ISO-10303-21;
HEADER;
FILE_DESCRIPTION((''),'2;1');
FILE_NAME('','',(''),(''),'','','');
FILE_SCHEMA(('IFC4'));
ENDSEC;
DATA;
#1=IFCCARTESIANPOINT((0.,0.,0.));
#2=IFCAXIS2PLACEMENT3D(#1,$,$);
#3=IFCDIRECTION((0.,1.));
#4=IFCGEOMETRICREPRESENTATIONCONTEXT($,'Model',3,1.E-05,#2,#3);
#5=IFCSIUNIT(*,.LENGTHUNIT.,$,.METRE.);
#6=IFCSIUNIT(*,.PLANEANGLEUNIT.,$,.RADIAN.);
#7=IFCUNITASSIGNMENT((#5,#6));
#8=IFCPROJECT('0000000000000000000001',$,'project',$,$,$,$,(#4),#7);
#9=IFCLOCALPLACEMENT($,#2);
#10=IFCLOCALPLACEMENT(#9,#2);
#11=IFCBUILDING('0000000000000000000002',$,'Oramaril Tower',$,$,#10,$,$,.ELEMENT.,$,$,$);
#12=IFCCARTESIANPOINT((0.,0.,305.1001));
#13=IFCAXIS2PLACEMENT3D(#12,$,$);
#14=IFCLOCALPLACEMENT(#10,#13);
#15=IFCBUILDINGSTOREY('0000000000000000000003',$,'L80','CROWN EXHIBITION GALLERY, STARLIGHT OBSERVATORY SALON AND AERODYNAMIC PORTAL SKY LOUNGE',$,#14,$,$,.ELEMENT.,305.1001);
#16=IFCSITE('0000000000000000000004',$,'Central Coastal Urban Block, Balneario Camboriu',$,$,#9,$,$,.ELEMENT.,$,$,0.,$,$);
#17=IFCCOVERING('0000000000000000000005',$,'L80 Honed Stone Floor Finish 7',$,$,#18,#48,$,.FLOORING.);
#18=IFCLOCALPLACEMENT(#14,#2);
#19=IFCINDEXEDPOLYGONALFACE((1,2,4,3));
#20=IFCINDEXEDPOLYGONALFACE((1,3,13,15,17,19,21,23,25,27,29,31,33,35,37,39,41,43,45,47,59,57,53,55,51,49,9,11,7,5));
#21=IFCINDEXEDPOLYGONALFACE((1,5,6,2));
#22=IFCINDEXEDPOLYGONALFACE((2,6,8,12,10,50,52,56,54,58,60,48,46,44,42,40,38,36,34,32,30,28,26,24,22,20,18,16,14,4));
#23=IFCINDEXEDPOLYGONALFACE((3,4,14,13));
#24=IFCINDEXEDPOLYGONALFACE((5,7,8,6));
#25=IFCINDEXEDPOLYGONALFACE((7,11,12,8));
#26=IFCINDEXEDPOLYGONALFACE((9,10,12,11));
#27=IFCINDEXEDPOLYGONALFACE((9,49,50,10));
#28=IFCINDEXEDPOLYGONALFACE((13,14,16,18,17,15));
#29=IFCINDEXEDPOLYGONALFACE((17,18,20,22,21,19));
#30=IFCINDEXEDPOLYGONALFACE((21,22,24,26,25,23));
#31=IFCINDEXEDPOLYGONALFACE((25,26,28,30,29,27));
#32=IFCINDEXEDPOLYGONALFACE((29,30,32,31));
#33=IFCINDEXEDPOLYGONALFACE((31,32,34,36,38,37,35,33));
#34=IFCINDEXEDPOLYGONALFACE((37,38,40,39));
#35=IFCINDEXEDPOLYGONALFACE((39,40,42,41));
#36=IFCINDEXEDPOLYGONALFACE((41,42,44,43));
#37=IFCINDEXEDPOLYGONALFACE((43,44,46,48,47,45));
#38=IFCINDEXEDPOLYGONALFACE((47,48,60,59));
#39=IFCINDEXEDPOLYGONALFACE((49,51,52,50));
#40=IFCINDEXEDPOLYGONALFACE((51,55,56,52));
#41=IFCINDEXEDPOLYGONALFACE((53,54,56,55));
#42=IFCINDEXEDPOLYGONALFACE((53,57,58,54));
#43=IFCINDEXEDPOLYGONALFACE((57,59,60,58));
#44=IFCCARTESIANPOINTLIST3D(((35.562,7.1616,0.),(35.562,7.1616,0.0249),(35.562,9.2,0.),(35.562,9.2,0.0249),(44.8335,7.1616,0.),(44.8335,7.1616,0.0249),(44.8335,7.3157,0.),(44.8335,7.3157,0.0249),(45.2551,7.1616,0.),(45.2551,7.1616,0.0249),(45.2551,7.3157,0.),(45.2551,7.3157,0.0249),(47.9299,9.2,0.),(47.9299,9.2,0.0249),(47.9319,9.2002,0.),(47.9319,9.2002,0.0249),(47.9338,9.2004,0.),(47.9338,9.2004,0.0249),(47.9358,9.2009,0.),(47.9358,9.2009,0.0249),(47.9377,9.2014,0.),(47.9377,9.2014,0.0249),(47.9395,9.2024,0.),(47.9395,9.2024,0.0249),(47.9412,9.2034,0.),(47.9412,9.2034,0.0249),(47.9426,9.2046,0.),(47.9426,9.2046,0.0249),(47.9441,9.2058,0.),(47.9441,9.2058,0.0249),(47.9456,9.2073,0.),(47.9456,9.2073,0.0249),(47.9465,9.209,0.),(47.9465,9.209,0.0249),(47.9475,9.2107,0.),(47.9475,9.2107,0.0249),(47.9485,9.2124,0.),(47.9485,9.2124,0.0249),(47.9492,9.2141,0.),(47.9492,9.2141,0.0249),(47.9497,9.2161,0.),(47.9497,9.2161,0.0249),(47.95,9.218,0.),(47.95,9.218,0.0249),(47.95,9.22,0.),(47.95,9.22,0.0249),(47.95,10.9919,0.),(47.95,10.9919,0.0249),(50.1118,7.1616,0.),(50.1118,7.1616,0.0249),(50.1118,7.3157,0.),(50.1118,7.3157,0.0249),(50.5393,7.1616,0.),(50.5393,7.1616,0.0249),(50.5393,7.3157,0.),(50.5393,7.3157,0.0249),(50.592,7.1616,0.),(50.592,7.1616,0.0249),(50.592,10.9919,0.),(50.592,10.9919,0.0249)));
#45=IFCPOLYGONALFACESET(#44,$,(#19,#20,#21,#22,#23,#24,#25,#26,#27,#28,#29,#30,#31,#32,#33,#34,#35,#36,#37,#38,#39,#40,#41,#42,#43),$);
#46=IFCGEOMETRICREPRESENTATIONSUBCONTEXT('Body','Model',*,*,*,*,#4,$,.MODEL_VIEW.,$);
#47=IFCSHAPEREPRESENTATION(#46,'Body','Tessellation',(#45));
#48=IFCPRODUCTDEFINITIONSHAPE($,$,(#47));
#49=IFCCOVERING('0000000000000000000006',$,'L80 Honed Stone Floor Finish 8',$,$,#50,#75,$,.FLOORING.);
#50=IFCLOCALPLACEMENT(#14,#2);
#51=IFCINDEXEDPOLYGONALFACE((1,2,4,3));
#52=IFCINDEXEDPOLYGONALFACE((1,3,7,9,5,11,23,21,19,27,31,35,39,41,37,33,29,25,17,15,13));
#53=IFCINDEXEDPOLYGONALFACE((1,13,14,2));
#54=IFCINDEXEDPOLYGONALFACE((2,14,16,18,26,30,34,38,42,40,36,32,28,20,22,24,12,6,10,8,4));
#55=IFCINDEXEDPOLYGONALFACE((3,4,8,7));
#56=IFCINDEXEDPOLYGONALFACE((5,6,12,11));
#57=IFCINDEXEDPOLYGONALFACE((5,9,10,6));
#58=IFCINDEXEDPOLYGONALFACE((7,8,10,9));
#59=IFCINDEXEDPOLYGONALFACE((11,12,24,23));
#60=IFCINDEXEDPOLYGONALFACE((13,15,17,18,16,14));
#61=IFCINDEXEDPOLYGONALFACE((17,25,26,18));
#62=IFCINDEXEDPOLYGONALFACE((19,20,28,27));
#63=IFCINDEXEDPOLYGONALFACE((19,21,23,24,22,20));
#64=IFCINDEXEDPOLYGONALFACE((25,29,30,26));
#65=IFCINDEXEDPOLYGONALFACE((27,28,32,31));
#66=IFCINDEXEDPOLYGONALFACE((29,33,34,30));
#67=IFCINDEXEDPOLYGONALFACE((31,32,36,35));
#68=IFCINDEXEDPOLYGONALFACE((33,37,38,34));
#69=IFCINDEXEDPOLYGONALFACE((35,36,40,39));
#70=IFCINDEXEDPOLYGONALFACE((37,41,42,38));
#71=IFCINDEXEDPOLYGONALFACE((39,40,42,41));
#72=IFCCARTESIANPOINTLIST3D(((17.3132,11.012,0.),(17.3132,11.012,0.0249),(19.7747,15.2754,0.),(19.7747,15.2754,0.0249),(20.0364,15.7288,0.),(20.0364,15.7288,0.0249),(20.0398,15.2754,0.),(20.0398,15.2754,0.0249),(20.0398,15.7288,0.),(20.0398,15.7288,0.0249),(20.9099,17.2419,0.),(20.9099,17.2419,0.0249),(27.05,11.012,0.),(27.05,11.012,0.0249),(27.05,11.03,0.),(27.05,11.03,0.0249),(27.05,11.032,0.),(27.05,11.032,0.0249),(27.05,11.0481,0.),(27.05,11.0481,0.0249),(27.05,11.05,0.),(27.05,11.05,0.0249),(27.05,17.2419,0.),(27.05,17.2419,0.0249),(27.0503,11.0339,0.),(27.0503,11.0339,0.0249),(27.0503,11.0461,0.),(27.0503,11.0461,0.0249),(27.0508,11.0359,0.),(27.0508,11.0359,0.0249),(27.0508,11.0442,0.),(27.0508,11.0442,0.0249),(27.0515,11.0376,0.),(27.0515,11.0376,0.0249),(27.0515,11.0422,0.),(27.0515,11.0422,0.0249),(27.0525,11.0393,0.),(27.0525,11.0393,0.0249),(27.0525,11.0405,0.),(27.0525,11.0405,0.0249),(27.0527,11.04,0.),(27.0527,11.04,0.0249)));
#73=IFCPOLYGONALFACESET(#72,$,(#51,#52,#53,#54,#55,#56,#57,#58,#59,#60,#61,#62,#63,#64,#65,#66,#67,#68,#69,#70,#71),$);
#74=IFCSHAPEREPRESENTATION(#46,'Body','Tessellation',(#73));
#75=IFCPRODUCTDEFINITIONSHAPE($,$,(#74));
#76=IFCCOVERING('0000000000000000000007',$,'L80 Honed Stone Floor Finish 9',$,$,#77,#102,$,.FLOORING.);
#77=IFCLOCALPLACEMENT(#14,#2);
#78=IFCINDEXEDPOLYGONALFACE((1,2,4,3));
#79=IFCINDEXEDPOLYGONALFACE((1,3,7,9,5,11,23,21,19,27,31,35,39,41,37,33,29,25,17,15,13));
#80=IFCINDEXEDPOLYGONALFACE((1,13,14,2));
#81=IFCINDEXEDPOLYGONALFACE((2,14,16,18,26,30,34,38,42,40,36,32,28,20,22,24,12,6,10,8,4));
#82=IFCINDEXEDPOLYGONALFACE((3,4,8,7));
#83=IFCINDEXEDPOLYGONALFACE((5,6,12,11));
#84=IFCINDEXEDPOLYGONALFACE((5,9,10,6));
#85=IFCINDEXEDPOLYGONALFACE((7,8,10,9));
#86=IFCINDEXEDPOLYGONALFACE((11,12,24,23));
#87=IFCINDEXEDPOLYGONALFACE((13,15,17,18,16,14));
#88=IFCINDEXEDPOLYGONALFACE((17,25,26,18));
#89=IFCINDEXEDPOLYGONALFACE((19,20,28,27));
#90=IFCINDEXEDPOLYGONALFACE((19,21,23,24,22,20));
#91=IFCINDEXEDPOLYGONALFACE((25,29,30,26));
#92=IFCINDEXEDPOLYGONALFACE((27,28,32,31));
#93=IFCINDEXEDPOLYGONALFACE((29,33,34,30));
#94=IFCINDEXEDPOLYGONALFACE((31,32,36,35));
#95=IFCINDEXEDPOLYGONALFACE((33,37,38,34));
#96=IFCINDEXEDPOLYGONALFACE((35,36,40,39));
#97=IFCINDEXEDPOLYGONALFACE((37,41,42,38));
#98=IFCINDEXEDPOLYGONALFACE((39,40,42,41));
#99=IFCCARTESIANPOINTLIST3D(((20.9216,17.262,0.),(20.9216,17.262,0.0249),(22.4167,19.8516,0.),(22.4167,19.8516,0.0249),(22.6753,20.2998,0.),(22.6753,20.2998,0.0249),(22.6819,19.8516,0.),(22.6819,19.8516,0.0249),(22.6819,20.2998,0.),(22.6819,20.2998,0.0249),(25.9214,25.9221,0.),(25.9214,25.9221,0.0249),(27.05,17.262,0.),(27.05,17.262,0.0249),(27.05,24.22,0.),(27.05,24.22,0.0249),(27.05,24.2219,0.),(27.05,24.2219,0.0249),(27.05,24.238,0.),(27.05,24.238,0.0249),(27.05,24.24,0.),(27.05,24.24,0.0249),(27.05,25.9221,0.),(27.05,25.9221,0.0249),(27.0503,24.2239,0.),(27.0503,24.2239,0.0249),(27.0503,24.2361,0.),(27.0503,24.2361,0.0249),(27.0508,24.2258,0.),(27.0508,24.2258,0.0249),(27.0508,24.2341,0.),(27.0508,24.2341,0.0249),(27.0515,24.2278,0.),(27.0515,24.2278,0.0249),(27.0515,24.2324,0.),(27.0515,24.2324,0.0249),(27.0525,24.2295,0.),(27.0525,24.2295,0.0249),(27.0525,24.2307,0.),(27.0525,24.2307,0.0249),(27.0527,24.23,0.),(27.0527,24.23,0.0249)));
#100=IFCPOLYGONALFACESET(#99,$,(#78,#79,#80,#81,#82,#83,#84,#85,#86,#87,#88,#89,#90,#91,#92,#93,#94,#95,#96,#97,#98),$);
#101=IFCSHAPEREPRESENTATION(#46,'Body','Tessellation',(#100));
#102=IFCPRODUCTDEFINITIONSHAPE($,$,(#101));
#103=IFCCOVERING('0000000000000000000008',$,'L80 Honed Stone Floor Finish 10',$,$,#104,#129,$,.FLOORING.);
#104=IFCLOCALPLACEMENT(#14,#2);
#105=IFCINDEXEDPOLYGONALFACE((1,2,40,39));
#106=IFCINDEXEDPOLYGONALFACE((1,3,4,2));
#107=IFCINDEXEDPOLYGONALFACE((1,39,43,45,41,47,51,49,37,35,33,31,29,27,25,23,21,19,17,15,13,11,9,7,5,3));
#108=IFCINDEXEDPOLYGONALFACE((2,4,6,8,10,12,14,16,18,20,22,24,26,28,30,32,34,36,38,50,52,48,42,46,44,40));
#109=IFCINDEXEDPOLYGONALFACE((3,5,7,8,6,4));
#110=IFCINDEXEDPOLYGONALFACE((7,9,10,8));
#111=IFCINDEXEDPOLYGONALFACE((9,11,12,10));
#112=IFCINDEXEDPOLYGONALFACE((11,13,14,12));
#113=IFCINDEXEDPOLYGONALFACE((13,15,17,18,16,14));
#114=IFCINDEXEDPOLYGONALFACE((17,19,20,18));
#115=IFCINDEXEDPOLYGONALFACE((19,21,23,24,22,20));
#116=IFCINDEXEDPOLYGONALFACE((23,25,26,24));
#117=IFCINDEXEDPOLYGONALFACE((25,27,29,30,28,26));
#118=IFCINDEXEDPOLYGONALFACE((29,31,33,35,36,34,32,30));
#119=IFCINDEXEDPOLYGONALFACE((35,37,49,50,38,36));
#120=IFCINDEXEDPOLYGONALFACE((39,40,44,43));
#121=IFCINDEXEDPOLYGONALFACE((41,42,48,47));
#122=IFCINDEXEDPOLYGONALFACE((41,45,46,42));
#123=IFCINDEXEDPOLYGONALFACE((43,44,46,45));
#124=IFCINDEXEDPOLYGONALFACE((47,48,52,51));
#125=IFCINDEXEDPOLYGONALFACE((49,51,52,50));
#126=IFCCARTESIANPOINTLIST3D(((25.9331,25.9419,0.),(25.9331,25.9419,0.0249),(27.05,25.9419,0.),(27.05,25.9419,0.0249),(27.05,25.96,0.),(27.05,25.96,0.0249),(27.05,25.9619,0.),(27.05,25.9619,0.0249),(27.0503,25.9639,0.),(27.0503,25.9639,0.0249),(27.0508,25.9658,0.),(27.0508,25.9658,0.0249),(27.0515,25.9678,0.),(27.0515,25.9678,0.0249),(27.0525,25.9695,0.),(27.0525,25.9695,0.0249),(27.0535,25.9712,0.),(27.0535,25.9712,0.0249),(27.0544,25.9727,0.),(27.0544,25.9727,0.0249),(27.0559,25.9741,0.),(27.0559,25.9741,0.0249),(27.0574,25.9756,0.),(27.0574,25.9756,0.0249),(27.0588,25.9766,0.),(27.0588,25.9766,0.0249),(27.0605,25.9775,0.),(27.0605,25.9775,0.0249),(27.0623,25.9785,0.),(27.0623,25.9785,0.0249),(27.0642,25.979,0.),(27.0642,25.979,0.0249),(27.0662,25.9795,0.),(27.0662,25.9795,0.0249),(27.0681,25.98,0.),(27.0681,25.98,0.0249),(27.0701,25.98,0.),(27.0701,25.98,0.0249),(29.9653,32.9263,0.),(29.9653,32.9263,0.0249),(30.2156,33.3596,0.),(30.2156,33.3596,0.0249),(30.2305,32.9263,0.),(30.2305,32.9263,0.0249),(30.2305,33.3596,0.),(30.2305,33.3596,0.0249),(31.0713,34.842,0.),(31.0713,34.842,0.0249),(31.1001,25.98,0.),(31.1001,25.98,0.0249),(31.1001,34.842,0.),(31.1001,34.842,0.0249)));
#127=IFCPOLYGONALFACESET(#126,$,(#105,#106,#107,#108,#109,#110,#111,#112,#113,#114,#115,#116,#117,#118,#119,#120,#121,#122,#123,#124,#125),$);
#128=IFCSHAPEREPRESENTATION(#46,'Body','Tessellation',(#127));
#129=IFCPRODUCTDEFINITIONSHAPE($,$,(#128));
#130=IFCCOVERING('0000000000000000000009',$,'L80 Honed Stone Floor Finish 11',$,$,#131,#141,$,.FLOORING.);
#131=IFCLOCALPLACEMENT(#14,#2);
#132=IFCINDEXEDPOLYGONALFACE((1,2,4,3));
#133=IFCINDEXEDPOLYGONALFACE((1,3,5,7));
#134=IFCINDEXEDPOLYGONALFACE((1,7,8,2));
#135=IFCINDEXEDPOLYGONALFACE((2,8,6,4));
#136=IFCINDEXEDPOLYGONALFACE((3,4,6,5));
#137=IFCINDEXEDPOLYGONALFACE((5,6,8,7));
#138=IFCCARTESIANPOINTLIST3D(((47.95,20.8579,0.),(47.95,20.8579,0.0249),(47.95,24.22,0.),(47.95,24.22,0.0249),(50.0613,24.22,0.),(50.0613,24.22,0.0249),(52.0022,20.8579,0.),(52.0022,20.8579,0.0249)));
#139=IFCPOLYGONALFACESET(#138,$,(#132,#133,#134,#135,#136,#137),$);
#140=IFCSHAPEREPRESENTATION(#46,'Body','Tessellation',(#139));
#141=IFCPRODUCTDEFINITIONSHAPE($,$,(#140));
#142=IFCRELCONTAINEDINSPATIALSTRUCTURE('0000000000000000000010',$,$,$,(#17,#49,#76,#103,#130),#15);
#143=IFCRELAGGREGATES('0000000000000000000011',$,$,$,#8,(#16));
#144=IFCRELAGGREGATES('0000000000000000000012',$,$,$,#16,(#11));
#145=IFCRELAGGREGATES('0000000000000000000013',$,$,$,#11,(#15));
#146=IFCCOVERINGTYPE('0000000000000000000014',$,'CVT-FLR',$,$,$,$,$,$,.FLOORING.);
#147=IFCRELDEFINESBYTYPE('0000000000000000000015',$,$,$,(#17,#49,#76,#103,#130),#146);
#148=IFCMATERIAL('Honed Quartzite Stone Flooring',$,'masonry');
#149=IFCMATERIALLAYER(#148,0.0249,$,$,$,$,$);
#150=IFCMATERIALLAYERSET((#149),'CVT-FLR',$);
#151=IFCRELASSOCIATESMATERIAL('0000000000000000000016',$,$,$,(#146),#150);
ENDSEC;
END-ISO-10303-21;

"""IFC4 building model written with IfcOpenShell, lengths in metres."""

from ifc_helpers import new_model, si_unit, direction, frame, origin, place, context, subcontext, project, spatial, polyline, outline, extrude, material, layer, layer_set, type_object, element, save


model = new_model("IFC4")

# Units and contexts
model_context = context("Model", 3, precision=1e-05, world=origin(), true_north=direction((0.0, 1.0)))
body_context = subcontext(model_context, "Body", "Model", "MODEL_VIEW")
ifc_project = project(units=[si_unit("LENGTHUNIT", "METRE"), si_unit("PLANEANGLEUNIT", "RADIAN")], contexts=[model_context])

# Site, building, storey
site_placement = place(None, origin())
site = spatial("IfcSite", under=ifc_project, at=site_placement, Name="Central Coastal Urban Block, Balneario Camboriu", CompositionType="ELEMENT", RefElevation=0.0)
building_placement = place(site_placement, origin())
building = spatial("IfcBuilding", under=site, at=building_placement, Name="Oramaril Tower", CompositionType="ELEMENT")
storey_placement = place(building_placement, frame((0.0, 0.0, 305.1001)))
storey = spatial("IfcBuildingStorey", under=building, at=storey_placement, Name="L80", Description="CROWN EXHIBITION GALLERY, STARLIGHT OBSERVATORY SALON AND AERODYNAMIC PORTAL SKY LOUNGE", CompositionType="ELEMENT", Elevation=305.1001)

# Coverings
ifc_material_1 = material(Name="Honed Quartzite Stone Flooring", Category="masonry")
ifc_layer_1 = layer(ifc_material_1, 0.0249)
ifc_layer_set_1 = layer_set([ifc_layer_1], Name="CVT-FLR")
covering_type_1 = type_object("IfcCoveringType", Name="CVT-FLR", PredefinedType="FLOORING", material=ifc_layer_set_1)
covering_1_placement = place(storey_placement, origin())
element("IfcCovering", 1, at=covering_1_placement, inside=storey, type_object=covering_type_1, Name="L80 Honed Stone Floor Finish 7", PredefinedType="FLOORING", context=body_context, shape_type="SweptSolid", body=[
    extrude(outline(polyline([(50.592, 7.1616), (50.5393, 7.1616), (50.5393, 7.3157), (50.1118, 7.3157), (50.1118, 7.1616), (45.2551, 7.1616), (45.2551, 7.3157), (44.8335, 7.3157), (44.8335, 7.1616), (35.562, 7.1616), (35.562, 9.2), (47.9299, 9.2), (47.9319, 9.2002), (47.9338, 9.2004), (47.9358, 9.2009), (47.9377, 9.2014), (47.9395, 9.2024), (47.9412, 9.2034), (47.9426, 9.2046), (47.9441, 9.2058), (47.9456, 9.2073), (47.9465, 9.209), (47.9475, 9.2107), (47.9485, 9.2124), (47.9492, 9.2141), (47.9497, 9.2161), (47.95, 9.218), (47.95, 9.22), (47.95, 10.9919), (50.592, 10.9919), (50.592, 7.1616)])), origin(), (0.0, 0.0, 1.0), 0.0249),
])
covering_2_placement = place(storey_placement, origin())
element("IfcCovering", 2, at=covering_2_placement, inside=storey, type_object=covering_type_1, Name="L80 Honed Stone Floor Finish 8", PredefinedType="FLOORING", context=body_context, shape_type="SweptSolid", body=[
    extrude(outline(polyline([(19.7747, 15.2754), (20.0398, 15.2754), (20.0398, 15.7288), (20.0364, 15.7288), (20.9099, 17.2419), (27.05, 17.2419), (27.05, 11.05), (27.05, 11.0481), (27.0503, 11.0461), (27.0508, 11.0442), (27.0515, 11.0422), (27.0525, 11.0405), (27.0527, 11.04), (27.0525, 11.0393), (27.0515, 11.0376), (27.0508, 11.0359), (27.0503, 11.0339), (27.05, 11.032), (27.05, 11.03), (27.05, 11.012), (17.3132, 11.012), (19.7747, 15.2754)])), origin(), (0.0, 0.0, 1.0), 0.0249),
])
covering_3_placement = place(storey_placement, origin())
element("IfcCovering", 3, at=covering_3_placement, inside=storey, type_object=covering_type_1, Name="L80 Honed Stone Floor Finish 9", PredefinedType="FLOORING", context=body_context, shape_type="SweptSolid", body=[
    extrude(outline(polyline([(22.4167, 19.8516), (22.6819, 19.8516), (22.6819, 20.2998), (22.6753, 20.2998), (25.9214, 25.9221), (27.05, 25.9221), (27.05, 24.24), (27.05, 24.238), (27.0503, 24.2361), (27.0508, 24.2341), (27.0515, 24.2324), (27.0525, 24.2307), (27.0527, 24.23), (27.0525, 24.2295), (27.0515, 24.2278), (27.0508, 24.2258), (27.0503, 24.2239), (27.05, 24.2219), (27.05, 24.22), (27.05, 17.262), (20.9216, 17.262), (22.4167, 19.8516)])), origin(), (0.0, 0.0, 1.0), 0.0249),
])
covering_4_placement = place(storey_placement, origin())
element("IfcCovering", 4, at=covering_4_placement, inside=storey, type_object=covering_type_1, Name="L80 Honed Stone Floor Finish 10", PredefinedType="FLOORING", context=body_context, shape_type="SweptSolid", body=[
    extrude(outline(polyline([(29.9653, 32.9263), (30.2305, 32.9263), (30.2305, 33.3596), (30.2156, 33.3596), (31.0713, 34.842), (31.1001, 34.842), (31.1001, 25.98), (27.0701, 25.98), (27.0681, 25.98), (27.0662, 25.9795), (27.0642, 25.979), (27.0623, 25.9785), (27.0605, 25.9775), (27.0588, 25.9766), (27.0574, 25.9756), (27.0559, 25.9741), (27.0544, 25.9727), (27.0535, 25.9712), (27.0525, 25.9695), (27.0515, 25.9678), (27.0508, 25.9658), (27.0503, 25.9639), (27.05, 25.9619), (27.05, 25.96), (27.05, 25.9419), (25.9331, 25.9419), (29.9653, 32.9263)])), origin(), (0.0, 0.0, 1.0), 0.0249),
])
covering_5_placement = place(storey_placement, origin())
element("IfcCovering", 5, at=covering_5_placement, inside=storey, type_object=covering_type_1, Name="L80 Honed Stone Floor Finish 11", PredefinedType="FLOORING", context=body_context, shape_type="SweptSolid", body=[
    extrude(outline(polyline([(52.0022, 20.8579), (47.95, 20.8579), (47.95, 24.22), (50.0613, 24.22), (52.0022, 20.8579)])), origin(), (0.0, 0.0, 1.0), 0.0249),
])

save(model, "model.ifc")
